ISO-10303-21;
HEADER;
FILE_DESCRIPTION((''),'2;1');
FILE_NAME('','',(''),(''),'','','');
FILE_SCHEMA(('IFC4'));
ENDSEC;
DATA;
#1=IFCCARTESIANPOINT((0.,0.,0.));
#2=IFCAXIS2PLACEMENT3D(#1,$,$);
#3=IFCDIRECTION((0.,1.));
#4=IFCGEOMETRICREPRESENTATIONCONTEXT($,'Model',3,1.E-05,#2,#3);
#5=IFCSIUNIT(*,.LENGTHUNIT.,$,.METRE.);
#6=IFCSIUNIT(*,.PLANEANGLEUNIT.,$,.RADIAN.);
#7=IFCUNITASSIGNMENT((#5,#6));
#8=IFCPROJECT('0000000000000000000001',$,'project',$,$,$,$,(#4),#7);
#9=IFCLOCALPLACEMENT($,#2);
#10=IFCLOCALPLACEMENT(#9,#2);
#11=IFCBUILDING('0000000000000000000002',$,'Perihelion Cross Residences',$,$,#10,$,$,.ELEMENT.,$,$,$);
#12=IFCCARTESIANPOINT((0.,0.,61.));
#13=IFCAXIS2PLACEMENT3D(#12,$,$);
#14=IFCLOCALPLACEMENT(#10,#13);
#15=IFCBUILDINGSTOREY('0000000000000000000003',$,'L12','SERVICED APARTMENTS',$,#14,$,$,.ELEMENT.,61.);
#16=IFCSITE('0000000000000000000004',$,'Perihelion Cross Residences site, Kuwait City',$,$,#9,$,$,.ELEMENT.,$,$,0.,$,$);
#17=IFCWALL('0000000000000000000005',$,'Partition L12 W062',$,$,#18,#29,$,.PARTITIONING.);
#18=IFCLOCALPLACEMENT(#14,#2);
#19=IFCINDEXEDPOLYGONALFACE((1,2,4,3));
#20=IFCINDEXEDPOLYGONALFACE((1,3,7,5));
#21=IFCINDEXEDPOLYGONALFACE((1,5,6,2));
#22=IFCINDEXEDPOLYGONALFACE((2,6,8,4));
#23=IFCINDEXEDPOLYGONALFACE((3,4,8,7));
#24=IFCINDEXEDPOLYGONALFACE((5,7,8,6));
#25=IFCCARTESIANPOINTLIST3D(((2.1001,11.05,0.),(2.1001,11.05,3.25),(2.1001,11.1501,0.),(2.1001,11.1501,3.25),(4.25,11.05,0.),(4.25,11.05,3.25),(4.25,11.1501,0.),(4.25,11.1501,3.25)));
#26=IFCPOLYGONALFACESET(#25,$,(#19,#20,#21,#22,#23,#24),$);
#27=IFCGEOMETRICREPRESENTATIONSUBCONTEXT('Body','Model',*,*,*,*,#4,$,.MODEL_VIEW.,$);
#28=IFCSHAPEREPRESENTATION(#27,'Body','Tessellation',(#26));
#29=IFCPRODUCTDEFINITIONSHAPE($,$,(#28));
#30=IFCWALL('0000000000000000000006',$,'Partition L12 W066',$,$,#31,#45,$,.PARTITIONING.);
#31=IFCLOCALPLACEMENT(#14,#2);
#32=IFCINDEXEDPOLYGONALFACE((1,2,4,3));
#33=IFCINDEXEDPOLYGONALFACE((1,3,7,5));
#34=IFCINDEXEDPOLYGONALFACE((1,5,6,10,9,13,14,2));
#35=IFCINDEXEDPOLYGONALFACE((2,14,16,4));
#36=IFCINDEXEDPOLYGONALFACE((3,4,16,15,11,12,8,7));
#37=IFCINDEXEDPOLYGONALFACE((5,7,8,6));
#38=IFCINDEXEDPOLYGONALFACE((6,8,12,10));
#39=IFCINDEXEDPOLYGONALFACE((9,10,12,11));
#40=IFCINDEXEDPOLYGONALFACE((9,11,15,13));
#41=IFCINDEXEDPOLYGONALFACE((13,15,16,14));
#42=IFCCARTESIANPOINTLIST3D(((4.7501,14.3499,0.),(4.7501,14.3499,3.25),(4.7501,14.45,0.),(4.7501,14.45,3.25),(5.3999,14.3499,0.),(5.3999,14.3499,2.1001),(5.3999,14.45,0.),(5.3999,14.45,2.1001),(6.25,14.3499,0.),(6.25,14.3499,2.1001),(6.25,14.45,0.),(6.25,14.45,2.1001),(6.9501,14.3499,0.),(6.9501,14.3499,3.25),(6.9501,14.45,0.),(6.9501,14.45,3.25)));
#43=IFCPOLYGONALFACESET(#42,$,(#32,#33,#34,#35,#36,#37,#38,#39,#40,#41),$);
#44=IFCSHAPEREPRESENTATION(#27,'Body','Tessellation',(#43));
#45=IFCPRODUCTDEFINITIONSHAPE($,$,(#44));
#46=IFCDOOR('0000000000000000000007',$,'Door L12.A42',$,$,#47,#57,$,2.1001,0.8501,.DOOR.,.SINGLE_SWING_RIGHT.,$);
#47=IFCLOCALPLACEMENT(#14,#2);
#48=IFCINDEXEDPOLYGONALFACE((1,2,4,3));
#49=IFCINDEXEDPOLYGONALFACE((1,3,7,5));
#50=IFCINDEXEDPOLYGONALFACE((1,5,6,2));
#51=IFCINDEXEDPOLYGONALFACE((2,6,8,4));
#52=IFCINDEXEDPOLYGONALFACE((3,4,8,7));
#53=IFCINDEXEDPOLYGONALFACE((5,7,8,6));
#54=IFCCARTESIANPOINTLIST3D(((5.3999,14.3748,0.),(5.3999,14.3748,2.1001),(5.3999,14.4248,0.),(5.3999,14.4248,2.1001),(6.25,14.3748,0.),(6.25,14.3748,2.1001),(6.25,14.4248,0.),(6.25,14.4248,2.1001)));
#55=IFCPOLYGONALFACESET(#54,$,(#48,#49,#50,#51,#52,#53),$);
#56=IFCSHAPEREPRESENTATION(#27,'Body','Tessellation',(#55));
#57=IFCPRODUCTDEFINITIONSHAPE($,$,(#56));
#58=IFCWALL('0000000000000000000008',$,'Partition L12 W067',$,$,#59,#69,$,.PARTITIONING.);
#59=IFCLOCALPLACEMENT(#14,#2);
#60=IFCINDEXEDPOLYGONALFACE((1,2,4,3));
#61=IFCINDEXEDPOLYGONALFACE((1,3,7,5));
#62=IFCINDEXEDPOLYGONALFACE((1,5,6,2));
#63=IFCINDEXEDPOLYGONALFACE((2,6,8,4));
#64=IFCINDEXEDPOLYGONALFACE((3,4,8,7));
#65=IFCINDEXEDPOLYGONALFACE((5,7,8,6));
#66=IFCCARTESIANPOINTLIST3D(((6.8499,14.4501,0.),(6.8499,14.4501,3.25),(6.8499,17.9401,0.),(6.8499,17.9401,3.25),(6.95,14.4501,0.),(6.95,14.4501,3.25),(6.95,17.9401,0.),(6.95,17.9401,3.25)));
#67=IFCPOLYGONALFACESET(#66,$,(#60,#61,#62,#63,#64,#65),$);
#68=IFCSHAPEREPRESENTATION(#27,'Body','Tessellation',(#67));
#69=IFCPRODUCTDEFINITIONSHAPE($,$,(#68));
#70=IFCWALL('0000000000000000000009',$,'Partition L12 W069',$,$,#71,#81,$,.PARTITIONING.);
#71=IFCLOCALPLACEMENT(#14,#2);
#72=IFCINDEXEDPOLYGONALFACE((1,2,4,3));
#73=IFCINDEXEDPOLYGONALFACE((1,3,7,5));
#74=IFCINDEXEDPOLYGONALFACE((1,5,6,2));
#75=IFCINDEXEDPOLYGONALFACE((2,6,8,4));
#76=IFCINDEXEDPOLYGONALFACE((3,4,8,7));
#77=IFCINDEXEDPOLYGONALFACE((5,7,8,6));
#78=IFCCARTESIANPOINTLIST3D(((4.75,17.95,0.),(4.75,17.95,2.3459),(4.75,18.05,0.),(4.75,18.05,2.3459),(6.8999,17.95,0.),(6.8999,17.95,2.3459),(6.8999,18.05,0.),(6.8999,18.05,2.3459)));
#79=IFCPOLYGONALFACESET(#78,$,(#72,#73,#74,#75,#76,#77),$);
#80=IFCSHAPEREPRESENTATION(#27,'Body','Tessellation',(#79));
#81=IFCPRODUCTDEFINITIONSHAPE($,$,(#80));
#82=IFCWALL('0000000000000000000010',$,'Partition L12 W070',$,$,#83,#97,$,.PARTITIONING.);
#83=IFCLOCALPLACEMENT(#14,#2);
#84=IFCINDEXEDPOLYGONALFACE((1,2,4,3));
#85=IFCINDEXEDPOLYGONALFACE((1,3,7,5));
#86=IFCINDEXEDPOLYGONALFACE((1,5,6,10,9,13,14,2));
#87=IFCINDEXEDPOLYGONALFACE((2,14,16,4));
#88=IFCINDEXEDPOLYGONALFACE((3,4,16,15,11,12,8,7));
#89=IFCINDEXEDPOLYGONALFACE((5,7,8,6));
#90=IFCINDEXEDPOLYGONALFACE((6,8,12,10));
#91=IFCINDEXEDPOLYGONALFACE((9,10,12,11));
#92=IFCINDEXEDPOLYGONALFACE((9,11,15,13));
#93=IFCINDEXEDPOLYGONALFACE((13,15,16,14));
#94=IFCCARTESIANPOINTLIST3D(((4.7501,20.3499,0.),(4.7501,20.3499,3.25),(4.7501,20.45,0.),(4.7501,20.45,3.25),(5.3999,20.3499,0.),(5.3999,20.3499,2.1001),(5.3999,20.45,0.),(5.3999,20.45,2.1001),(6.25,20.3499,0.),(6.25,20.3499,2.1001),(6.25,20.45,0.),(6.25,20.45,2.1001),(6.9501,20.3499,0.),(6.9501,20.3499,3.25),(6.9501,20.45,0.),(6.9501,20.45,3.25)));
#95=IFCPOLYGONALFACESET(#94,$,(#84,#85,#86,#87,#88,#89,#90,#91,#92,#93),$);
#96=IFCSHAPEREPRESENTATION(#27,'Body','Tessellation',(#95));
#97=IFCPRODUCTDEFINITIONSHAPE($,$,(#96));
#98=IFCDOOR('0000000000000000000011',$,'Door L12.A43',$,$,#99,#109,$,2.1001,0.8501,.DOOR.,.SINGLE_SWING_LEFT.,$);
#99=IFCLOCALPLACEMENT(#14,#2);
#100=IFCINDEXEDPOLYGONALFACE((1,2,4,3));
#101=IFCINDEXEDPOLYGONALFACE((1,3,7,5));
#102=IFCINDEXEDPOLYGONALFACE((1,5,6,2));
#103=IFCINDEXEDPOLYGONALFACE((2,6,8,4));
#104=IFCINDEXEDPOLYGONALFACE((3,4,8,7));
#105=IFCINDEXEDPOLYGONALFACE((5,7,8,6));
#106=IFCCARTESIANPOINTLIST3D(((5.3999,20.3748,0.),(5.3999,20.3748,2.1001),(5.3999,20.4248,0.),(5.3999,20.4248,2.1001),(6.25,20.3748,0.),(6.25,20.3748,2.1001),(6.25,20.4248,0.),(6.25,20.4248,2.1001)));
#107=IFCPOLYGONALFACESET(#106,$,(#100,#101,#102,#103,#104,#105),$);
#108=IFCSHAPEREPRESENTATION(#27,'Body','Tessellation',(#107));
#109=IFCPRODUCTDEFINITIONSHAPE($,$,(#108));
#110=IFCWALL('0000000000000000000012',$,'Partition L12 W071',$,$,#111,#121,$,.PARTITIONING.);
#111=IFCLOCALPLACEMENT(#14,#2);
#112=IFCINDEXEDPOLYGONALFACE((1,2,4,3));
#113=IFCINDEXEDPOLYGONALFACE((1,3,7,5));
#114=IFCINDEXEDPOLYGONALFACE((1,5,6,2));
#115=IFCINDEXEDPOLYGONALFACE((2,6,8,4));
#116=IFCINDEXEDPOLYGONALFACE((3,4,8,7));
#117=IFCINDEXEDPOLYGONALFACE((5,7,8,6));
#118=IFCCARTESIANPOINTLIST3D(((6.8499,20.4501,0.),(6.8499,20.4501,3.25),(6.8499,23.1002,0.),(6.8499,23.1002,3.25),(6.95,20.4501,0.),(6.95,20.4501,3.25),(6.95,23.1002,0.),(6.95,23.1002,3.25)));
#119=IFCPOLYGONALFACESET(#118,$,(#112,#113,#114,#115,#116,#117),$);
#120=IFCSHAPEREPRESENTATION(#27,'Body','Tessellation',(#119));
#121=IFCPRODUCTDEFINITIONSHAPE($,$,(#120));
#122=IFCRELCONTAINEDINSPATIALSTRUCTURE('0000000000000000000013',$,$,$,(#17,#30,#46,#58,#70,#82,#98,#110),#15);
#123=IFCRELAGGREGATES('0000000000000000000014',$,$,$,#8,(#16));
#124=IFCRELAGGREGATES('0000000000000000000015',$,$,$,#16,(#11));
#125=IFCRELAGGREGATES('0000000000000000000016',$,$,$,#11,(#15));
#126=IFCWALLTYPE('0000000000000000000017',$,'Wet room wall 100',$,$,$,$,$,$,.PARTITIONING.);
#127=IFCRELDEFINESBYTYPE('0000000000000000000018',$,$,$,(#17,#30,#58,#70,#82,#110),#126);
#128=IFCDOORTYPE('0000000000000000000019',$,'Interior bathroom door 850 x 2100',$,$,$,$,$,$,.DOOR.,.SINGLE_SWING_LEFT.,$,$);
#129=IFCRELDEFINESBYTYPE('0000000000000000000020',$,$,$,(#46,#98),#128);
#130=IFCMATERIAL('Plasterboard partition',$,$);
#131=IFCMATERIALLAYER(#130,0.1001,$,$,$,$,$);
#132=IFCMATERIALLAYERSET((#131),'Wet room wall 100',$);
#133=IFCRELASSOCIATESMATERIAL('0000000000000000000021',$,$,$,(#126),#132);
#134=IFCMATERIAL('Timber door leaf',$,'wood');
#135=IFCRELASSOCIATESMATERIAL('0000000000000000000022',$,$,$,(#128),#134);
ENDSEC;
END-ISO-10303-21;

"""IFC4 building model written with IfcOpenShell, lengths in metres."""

from ifc_helpers import new_model, si_unit, direction, frame, frame_2d, origin, place, context, subcontext, project, spatial, rectangle, extrude, material, layer, layer_set, type_object, element, fill, save


model = new_model("IFC4")

# Units and contexts
model_context = context("Model", 3, precision=1e-05, world=origin(), true_north=direction((0.0, 1.0)))
body_context = subcontext(model_context, "Body", "Model", "MODEL_VIEW")
ifc_project = project(units=[si_unit("LENGTHUNIT", "METRE"), si_unit("PLANEANGLEUNIT", "RADIAN")], contexts=[model_context])

# Site, building, storey
site_placement = place(None, origin())
site = spatial("IfcSite", under=ifc_project, at=site_placement, Name="Perihelion Cross Residences site, Kuwait City", CompositionType="ELEMENT", RefElevation=0.0)
building_placement = place(site_placement, origin())
building = spatial("IfcBuilding", under=site, at=building_placement, Name="Perihelion Cross Residences", CompositionType="ELEMENT")
storey_placement = place(building_placement, frame((0.0, 0.0, 61.0)))
storey = spatial("IfcBuildingStorey", under=building, at=storey_placement, Name="L12", Description="SERVICED APARTMENTS", CompositionType="ELEMENT", Elevation=61.0)

# Wall
ifc_material_1 = material(Name="Plasterboard partition")
ifc_layer_1 = layer(ifc_material_1, 0.1001)
ifc_layer_set_1 = layer_set([ifc_layer_1], Name="Wet room wall 100")
wall_type_1 = type_object("IfcWallType", Name="Wet room wall 100", PredefinedType="PARTITIONING", material=ifc_layer_set_1)
wall_1_placement = place(storey_placement, frame((2.1001, 11.1001, 0.0), z_axis=(0.0, 0.0, 1.0), x_axis=(1.0, 0.0, 0.0)))
element("IfcWall", 1, at=wall_1_placement, inside=storey, type_object=wall_type_1, Name="Partition L12 W062", PredefinedType="PARTITIONING", context=body_context, shape_type="SweptSolid", body=[
    extrude(rectangle(XDim=2.1499, YDim=0.1001, at=frame_2d((1.075, 0.0))), origin(), (0.0, 0.0, 1.0), 3.25),
])

# Wall, opening, door
wall_2_placement = place(storey_placement, frame((4.75, 14.3999, 0.0), z_axis=(0.0, 0.0, 1.0), x_axis=(1.0, 0.0, 0.0)))
wall_2 = element("IfcWall", 2, at=wall_2_placement, inside=storey, type_object=wall_type_1, Name="Partition L12 W066", PredefinedType="PARTITIONING", context=body_context, shape_type="SweptSolid", body=[
    extrude(rectangle(XDim=2.2, YDim=0.1001, at=frame_2d((1.1001, 0.0))), origin(), (0.0, 0.0, 1.0), 3.25),
])
opening_1_placement = place(wall_2_placement, frame((0.6499, 0.0, 0.0)))
opening_1 = element("IfcOpeningElement", 3, at=opening_1_placement, cuts=wall_2, PredefinedType="OPENING", context=body_context, shape_type="SweptSolid", body=[
    extrude(rectangle(XDim=0.8501, YDim=2.1001, at=frame_2d((0.425, 1.05))), frame((0.0, 0.0601, 0.0), z_axis=(0.0, -1.0, 0.0), x_axis=(1.0, 0.0, 0.0)), (0.0, 0.0, 1.0), 0.1201),
])
ifc_material_2 = material(Name="Timber door leaf", Category="wood")
door_type_1 = type_object("IfcDoorType", Name="Interior bathroom door 850 x 2100", OperationType="SINGLE_SWING_LEFT", PredefinedType="DOOR", material=ifc_material_2)
door_1_placement = place(opening_1_placement, origin())
door_1 = element("IfcDoor", 4, at=door_1_placement, inside=storey, type_object=door_type_1, Name="Door L12.A42", OperationType="SINGLE_SWING_RIGHT", OverallHeight=2.1001, OverallWidth=0.8501, PredefinedType="DOOR", context=body_context, shape_type="SweptSolid", body=[
    extrude(rectangle(XDim=0.8501, YDim=2.1001, at=frame_2d((0.425, 1.05))), frame((0.0, 0.0249, 0.0), z_axis=(0.0, -1.0, 0.0), x_axis=(1.0, 0.0, 0.0)), (0.0, 0.0, 1.0), 0.05),
])
fill(opening_1, door_1)

# Walls
wall_3_placement = place(storey_placement, frame((6.8999, 14.45, 0.0), z_axis=(0.0, 0.0, 1.0), x_axis=(0.0, 1.0, 0.0)))
element("IfcWall", 5, at=wall_3_placement, inside=storey, type_object=wall_type_1, Name="Partition L12 W067", PredefinedType="PARTITIONING", context=body_context, shape_type="SweptSolid", body=[
    extrude(rectangle(XDim=3.49, YDim=0.1001, at=frame_2d((1.7451, 0.0))), origin(), (0.0, 0.0, 1.0), 3.25),
])
wall_4_placement = place(storey_placement, frame((4.75, 18.0, 0.0), z_axis=(0.0, 0.0, 1.0), x_axis=(1.0, 0.0, 0.0)))
element("IfcWall", 6, at=wall_4_placement, inside=storey, type_object=wall_type_1, Name="Partition L12 W069", PredefinedType="PARTITIONING", context=body_context, shape_type="SweptSolid", body=[
    extrude(rectangle(XDim=2.1499, YDim=0.1001, at=frame_2d((1.075, 0.0))), origin(), (0.0, 0.0, 1.0), 2.3459),
])

# Wall, opening, door
wall_5_placement = place(storey_placement, frame((4.75, 20.3999, 0.0), z_axis=(0.0, 0.0, 1.0), x_axis=(1.0, 0.0, 0.0)))
wall_5 = element("IfcWall", 7, at=wall_5_placement, inside=storey, type_object=wall_type_1, Name="Partition L12 W070", PredefinedType="PARTITIONING", context=body_context, shape_type="SweptSolid", body=[
    extrude(rectangle(XDim=2.2, YDim=0.1001, at=frame_2d((1.1001, 0.0))), origin(), (0.0, 0.0, 1.0), 3.25),
])
opening_2_placement = place(wall_5_placement, frame((0.6499, 0.0, 0.0)))
opening_2 = element("IfcOpeningElement", 8, at=opening_2_placement, cuts=wall_5, PredefinedType="OPENING", context=body_context, shape_type="SweptSolid", body=[
    extrude(rectangle(XDim=0.8501, YDim=2.1001, at=frame_2d((0.425, 1.05))), frame((0.0, 0.0601, 0.0), z_axis=(0.0, -1.0, 0.0), x_axis=(1.0, 0.0, 0.0)), (0.0, 0.0, 1.0), 0.1201),
])
door_2_placement = place(opening_2_placement, origin())
door_2 = element("IfcDoor", 9, at=door_2_placement, inside=storey, type_object=door_type_1, Name="Door L12.A43", OperationType="SINGLE_SWING_LEFT", OverallHeight=2.1001, OverallWidth=0.8501, PredefinedType="DOOR", context=body_context, shape_type="SweptSolid", body=[
    extrude(rectangle(XDim=0.8501, YDim=2.1001, at=frame_2d((0.425, 1.05))), frame((0.0, 0.0249, 0.0), z_axis=(0.0, -1.0, 0.0), x_axis=(1.0, 0.0, 0.0)), (0.0, 0.0, 1.0), 0.05),
])
fill(opening_2, door_2)

# Wall
wall_6_placement = place(storey_placement, frame((6.8999, 20.45, 0.0), z_axis=(0.0, 0.0, 1.0), x_axis=(0.0, 1.0, 0.0)))
element("IfcWall", 10, at=wall_6_placement, inside=storey, type_object=wall_type_1, Name="Partition L12 W071", PredefinedType="PARTITIONING", context=body_context, shape_type="SweptSolid", body=[
    extrude(rectangle(XDim=2.6501, YDim=0.1001, at=frame_2d((1.3252, 0.0))), origin(), (0.0, 0.0, 1.0), 3.25),
])

save(model, "model.ifc")
